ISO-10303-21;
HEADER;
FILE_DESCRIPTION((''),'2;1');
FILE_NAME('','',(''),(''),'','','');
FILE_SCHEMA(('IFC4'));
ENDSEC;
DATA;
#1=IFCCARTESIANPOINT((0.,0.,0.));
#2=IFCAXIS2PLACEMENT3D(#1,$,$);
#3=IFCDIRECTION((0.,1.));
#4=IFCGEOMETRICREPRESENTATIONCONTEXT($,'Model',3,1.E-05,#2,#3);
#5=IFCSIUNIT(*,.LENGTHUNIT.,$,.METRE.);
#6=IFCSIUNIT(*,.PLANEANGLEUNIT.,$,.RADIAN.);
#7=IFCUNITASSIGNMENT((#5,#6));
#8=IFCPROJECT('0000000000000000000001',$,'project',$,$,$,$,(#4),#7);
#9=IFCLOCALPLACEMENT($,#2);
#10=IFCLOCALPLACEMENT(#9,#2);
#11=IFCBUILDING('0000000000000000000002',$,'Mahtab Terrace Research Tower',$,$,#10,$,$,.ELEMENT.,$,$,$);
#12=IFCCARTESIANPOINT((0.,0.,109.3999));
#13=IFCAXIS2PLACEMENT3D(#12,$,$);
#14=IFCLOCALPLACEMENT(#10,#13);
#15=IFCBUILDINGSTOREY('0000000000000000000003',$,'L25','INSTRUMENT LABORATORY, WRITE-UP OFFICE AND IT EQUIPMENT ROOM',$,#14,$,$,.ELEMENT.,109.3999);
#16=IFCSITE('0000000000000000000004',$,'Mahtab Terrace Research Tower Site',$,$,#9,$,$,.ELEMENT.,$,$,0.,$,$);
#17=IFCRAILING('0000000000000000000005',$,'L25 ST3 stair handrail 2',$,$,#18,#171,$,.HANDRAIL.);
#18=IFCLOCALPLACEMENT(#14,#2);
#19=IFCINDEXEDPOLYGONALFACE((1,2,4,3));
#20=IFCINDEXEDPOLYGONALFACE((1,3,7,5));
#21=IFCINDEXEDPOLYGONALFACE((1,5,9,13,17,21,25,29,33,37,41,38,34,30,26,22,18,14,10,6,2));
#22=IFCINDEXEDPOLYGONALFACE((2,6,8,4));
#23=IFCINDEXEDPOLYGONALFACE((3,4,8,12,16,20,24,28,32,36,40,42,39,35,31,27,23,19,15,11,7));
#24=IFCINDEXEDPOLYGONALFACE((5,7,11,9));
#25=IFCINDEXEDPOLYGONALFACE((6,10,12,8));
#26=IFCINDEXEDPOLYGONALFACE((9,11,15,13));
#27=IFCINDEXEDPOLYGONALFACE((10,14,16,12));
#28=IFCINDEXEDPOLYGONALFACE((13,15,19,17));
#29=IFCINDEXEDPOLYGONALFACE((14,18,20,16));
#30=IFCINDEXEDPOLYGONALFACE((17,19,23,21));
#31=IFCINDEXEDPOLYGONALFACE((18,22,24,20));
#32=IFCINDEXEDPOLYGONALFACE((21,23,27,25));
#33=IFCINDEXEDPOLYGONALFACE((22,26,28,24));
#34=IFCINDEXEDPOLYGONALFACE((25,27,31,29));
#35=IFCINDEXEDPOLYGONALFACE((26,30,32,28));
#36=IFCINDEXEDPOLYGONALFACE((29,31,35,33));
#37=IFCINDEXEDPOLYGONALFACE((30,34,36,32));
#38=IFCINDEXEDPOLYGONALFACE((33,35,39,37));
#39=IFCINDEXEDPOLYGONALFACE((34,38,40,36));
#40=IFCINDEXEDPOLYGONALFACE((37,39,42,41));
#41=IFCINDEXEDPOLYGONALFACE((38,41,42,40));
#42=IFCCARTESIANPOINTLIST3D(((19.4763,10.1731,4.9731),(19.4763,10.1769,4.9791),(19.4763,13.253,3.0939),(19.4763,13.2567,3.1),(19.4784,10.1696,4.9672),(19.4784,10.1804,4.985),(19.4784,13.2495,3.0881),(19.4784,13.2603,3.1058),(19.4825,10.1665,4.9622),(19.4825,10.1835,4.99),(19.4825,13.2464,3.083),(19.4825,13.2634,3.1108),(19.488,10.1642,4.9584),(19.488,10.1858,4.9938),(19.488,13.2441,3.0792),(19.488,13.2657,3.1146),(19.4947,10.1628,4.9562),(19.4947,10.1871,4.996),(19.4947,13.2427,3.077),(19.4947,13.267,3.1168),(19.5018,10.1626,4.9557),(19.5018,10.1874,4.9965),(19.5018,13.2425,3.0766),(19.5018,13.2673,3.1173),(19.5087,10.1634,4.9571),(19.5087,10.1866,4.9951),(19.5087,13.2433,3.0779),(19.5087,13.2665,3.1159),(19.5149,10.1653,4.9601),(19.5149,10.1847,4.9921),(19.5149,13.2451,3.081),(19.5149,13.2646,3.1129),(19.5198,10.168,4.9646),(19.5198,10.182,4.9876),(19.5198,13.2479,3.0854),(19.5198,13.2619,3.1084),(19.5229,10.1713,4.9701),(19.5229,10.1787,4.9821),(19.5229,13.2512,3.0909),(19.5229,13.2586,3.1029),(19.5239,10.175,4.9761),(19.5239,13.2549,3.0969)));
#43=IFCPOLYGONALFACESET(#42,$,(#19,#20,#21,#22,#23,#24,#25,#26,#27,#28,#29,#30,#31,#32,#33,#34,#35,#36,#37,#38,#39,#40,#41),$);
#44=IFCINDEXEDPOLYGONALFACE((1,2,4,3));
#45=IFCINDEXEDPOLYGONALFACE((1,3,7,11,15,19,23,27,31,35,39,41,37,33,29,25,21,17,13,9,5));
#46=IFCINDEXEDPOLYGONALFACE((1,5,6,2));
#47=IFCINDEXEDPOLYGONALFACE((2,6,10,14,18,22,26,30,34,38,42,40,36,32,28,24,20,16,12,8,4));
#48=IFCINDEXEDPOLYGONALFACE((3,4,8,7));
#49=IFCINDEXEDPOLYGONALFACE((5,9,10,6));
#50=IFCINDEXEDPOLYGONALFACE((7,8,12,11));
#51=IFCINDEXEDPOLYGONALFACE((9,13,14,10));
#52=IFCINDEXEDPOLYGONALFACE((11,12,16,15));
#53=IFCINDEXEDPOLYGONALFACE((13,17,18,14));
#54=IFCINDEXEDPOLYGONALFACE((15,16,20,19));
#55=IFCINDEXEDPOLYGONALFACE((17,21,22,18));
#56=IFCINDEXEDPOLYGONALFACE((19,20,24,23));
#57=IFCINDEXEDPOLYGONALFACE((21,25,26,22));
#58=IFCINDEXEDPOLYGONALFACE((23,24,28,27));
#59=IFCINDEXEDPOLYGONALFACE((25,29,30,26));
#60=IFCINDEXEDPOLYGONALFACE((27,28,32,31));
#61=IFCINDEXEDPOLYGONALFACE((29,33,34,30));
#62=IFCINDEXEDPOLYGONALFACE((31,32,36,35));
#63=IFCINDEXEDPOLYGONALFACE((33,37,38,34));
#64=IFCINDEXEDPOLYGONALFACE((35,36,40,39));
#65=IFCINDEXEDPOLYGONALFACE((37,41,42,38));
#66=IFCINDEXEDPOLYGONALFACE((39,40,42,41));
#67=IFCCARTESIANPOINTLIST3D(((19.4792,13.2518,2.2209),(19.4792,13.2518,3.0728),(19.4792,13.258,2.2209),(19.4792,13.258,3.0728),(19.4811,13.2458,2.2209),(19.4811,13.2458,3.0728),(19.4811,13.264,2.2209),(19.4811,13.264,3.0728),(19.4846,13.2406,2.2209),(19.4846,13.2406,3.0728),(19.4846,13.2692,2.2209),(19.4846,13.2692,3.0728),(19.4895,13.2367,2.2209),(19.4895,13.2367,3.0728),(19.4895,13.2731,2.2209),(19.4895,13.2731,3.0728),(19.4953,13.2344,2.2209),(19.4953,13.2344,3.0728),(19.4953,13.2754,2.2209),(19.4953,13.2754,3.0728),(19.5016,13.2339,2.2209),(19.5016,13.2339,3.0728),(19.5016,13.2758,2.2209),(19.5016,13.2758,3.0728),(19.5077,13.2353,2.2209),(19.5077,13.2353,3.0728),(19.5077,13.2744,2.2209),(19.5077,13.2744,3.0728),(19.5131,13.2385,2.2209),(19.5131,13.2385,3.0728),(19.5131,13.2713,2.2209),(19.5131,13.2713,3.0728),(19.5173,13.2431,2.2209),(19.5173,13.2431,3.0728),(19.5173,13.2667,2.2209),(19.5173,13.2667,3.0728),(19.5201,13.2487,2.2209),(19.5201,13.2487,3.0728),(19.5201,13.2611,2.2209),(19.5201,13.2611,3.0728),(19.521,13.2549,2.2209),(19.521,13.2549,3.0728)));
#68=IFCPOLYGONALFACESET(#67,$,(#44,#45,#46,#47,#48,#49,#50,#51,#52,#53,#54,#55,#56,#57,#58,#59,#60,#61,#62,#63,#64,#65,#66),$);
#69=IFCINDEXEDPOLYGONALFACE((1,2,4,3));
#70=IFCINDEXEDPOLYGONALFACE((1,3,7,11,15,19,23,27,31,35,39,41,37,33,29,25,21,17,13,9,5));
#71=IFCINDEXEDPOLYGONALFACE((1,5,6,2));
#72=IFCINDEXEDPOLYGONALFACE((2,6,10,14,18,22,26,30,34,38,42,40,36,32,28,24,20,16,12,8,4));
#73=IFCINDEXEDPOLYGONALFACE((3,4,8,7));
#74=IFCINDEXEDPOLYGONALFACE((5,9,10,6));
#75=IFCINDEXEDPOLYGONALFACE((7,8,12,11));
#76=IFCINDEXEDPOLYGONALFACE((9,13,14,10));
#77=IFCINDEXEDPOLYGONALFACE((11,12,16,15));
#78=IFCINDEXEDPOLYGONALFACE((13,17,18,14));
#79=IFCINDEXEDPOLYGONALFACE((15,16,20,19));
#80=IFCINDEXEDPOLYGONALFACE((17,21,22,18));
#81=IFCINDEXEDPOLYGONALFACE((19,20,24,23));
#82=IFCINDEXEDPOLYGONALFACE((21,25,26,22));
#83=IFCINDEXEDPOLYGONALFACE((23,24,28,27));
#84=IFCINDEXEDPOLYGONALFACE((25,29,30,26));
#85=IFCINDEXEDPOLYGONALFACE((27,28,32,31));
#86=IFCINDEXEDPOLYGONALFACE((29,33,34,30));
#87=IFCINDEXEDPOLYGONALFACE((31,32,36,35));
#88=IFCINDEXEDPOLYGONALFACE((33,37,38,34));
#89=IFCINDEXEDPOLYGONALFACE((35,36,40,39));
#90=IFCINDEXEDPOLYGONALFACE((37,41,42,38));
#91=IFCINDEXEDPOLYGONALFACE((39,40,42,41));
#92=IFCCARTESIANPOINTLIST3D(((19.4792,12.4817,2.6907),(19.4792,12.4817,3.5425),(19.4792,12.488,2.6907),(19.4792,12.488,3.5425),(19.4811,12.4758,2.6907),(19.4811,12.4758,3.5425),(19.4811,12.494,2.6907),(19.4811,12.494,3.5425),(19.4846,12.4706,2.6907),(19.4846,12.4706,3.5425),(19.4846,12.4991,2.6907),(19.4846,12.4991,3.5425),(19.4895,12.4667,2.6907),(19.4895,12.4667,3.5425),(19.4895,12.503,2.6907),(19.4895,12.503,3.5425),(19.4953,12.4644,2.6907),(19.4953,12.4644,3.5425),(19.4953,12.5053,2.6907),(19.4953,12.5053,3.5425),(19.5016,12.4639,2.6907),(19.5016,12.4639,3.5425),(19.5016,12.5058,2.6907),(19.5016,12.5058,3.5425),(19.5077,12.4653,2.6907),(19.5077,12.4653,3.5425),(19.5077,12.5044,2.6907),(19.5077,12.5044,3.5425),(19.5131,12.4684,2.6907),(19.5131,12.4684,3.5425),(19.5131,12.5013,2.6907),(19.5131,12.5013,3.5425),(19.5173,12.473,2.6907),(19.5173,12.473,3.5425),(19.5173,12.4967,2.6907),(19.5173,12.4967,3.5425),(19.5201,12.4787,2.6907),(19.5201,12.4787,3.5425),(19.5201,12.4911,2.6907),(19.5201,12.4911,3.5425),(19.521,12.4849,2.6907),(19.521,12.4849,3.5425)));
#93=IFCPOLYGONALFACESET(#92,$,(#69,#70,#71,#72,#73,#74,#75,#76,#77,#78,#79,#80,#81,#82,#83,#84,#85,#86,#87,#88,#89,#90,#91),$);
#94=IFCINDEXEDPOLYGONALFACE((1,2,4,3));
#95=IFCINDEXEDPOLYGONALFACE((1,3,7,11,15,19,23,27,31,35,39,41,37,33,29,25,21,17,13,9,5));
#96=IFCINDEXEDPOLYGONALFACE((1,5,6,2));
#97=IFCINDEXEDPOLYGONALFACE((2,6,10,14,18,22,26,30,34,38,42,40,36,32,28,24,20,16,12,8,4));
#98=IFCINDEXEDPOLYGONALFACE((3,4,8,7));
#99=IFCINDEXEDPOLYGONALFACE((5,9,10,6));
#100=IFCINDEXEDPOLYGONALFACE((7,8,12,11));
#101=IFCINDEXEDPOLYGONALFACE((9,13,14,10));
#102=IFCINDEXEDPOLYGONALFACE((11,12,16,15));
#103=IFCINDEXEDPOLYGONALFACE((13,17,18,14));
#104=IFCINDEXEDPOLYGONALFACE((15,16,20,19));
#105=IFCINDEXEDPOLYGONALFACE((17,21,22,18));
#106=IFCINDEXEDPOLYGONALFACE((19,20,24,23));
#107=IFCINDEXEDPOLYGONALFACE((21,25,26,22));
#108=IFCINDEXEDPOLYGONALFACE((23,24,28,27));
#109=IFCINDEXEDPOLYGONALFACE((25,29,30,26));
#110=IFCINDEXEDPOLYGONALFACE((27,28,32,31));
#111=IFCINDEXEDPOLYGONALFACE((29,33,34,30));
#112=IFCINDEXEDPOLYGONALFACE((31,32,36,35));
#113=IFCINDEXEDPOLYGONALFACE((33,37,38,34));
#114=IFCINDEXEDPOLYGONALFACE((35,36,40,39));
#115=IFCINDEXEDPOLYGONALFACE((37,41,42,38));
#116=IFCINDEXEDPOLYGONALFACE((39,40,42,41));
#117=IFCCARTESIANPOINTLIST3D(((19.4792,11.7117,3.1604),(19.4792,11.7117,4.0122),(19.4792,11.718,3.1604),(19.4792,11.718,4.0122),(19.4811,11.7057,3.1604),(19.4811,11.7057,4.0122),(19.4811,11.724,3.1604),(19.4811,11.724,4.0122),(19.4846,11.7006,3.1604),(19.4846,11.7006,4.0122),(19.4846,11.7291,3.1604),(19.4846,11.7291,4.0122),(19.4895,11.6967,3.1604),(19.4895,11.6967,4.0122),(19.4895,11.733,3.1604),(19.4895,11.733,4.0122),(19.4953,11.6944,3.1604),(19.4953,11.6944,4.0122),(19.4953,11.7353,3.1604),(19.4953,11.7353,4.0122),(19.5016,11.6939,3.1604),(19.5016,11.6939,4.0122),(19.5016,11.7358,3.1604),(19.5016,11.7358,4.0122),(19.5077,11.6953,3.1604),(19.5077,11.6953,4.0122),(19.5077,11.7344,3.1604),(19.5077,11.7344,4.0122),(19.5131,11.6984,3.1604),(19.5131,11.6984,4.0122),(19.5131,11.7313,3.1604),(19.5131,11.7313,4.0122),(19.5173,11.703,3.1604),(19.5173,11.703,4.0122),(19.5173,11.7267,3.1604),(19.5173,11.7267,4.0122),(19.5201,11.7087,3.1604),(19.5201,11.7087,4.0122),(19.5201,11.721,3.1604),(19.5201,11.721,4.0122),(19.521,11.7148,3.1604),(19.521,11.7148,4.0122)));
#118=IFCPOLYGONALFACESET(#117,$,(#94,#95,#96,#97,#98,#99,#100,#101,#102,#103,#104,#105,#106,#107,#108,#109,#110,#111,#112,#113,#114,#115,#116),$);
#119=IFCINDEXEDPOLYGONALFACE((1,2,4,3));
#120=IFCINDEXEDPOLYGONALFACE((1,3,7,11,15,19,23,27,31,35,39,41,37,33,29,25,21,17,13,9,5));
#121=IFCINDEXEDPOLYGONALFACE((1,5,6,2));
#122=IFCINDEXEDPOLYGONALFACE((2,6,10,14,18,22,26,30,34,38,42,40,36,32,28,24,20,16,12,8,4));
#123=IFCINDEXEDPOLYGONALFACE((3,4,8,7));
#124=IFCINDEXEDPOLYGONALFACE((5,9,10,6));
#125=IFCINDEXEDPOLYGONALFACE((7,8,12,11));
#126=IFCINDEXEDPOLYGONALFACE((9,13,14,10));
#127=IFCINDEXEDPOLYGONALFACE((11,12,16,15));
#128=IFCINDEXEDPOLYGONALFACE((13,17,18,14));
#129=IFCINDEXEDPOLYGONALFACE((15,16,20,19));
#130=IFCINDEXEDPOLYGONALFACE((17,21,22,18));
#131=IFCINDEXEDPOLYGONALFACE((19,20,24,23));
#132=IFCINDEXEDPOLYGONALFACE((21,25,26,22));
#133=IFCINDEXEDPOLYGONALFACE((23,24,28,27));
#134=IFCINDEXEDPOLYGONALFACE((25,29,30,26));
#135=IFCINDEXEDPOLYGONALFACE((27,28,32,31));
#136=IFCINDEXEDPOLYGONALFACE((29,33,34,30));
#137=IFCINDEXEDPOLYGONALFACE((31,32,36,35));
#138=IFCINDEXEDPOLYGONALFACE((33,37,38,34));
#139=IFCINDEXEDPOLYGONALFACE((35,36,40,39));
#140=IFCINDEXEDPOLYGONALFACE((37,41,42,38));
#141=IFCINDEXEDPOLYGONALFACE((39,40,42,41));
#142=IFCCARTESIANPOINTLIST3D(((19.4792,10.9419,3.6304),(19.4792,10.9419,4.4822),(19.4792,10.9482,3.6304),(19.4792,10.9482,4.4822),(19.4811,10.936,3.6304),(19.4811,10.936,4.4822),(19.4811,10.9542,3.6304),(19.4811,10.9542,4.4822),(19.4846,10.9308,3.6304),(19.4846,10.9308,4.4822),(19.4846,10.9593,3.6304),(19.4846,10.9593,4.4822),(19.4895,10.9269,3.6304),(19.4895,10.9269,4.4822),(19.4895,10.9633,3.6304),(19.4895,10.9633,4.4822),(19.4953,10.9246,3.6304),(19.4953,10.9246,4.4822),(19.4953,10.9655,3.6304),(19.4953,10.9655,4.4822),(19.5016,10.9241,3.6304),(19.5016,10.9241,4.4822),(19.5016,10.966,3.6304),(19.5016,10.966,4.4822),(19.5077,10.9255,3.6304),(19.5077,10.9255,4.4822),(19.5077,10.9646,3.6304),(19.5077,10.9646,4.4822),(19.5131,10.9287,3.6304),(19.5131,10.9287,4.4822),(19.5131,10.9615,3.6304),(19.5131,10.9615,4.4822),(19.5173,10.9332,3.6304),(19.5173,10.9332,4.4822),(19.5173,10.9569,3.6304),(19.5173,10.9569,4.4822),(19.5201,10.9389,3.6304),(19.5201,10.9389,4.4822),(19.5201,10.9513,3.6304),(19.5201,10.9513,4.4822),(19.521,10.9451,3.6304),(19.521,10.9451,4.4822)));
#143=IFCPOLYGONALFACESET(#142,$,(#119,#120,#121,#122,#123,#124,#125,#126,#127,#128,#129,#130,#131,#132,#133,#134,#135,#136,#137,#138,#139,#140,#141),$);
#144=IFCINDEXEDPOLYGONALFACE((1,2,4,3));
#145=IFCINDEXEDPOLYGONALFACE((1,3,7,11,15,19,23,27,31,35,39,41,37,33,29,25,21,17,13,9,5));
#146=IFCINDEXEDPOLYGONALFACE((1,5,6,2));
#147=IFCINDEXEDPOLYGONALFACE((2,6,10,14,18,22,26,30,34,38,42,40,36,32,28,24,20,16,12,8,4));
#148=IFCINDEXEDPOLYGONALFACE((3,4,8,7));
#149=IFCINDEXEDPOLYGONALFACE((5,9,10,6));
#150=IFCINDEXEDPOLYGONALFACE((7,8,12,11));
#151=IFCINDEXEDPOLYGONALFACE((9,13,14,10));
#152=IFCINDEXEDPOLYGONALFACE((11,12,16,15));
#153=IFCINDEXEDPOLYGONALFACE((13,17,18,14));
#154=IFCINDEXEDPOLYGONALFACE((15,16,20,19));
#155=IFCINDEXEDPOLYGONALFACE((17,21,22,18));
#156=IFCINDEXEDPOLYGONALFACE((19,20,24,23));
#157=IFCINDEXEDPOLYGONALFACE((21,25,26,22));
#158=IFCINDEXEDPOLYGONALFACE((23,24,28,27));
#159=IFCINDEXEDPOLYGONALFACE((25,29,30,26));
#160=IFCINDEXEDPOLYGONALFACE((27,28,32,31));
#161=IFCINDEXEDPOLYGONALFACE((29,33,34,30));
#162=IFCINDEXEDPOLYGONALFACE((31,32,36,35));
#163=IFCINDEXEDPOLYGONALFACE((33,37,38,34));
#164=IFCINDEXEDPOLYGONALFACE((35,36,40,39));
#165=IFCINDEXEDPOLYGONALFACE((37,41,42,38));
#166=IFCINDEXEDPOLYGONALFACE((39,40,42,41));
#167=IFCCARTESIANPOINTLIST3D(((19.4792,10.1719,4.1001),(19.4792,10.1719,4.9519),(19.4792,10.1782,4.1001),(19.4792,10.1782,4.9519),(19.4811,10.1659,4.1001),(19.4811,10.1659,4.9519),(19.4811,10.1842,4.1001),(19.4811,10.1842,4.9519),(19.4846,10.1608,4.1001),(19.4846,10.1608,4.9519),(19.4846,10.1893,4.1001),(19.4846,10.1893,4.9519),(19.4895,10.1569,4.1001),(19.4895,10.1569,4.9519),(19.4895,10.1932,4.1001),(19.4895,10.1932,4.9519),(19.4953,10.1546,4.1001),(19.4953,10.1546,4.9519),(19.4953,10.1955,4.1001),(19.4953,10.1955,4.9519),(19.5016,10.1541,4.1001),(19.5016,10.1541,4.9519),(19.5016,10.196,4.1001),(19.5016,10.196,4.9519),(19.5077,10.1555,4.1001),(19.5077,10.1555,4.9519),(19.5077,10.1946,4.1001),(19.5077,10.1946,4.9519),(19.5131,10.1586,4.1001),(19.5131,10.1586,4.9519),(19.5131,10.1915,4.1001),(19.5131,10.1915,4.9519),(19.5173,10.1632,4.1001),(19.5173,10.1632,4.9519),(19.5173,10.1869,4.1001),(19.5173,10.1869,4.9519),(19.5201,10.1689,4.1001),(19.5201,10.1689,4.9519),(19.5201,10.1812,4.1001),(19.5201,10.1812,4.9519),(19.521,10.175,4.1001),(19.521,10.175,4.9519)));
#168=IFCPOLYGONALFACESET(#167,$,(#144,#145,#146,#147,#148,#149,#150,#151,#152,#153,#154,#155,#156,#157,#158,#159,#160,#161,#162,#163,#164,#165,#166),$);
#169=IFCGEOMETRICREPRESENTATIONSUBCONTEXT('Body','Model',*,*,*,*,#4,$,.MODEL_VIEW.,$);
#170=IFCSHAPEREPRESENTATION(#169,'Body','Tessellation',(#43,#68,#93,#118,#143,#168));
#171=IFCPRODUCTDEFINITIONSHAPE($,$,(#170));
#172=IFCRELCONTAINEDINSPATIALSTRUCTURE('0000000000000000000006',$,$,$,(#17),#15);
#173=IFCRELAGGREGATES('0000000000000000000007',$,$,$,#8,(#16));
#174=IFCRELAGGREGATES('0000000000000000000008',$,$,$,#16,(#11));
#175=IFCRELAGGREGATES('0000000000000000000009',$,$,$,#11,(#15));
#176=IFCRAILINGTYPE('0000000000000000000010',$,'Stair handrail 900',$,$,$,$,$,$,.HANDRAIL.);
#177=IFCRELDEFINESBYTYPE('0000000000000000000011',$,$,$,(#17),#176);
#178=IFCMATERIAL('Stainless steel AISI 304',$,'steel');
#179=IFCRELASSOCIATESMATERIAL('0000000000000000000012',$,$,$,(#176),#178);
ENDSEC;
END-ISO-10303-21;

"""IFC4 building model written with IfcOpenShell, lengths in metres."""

from ifc_helpers import new_model, si_unit, direction, frame, origin, origin_2d, place, context, subcontext, project, spatial, circle, extrude, material, type_object, element, save


model = new_model("IFC4")

# Units and contexts
model_context = context("Model", 3, precision=1e-05, world=origin(), true_north=direction((0.0, 1.0)))
body_context = subcontext(model_context, "Body", "Model", "MODEL_VIEW")
ifc_project = project(units=[si_unit("LENGTHUNIT", "METRE"), si_unit("PLANEANGLEUNIT", "RADIAN")], contexts=[model_context])

# Site, building, storey
site_placement = place(None, origin())
site = spatial("IfcSite", under=ifc_project, at=site_placement, Name="Mahtab Terrace Research Tower Site", CompositionType="ELEMENT", RefElevation=0.0)
building_placement = place(site_placement, origin())
building = spatial("IfcBuilding", under=site, at=building_placement, Name="Mahtab Terrace Research Tower", CompositionType="ELEMENT")
storey_placement = place(building_placement, frame((0.0, 0.0, 109.3999)))
storey = spatial("IfcBuildingStorey", under=building, at=storey_placement, Name="L25", Description="INSTRUMENT LABORATORY, WRITE-UP OFFICE AND IT EQUIPMENT ROOM", CompositionType="ELEMENT", Elevation=109.3999)

# Shared definitions
ifc_material_1 = material(Name="Stainless steel AISI 304", Category="steel")

# Railing
railing_type_1 = type_object("IfcRailingType", Name="Stair handrail 900", PredefinedType="HANDRAIL", material=ifc_material_1)
railing_1_placement = place(storey_placement, frame((19.5, 13.2549, 2.2209)))
element("IfcRailing", 1, at=railing_1_placement, inside=storey, type_object=railing_type_1, Name="L25 ST3 stair handrail 2", PredefinedType="HANDRAIL", context=body_context, shape_type="SweptSolid", body=[
    extrude(circle(Radius=0.0239, at=origin_2d()), frame((0.0, 0.0, 0.876), z_axis=(0.0, -0.853648, 0.52085), x_axis=(1.0, 0.0, 0.0)), (0.0, 0.0, 1.0), 3.6079),
    extrude(circle(Radius=0.021, at=origin_2d()), origin(), (0.0, 0.0, 1.0), 0.8518),
    extrude(circle(Radius=0.021, at=origin_2d()), frame((0.0, -0.77, 0.4697)), (0.0, 0.0, 1.0), 0.8518),
    extrude(circle(Radius=0.021, at=origin_2d()), frame((0.0, -1.54, 0.9395)), (0.0, 0.0, 1.0), 0.8518),
    extrude(circle(Radius=0.021, at=origin_2d()), frame((0.0, -2.3098, 1.4094)), (0.0, 0.0, 1.0), 0.8518),
    extrude(circle(Radius=0.021, at=origin_2d()), frame((0.0, -3.0798, 1.8792)), (0.0, 0.0, 1.0), 0.8518),
])

save(model, "model.ifc")
